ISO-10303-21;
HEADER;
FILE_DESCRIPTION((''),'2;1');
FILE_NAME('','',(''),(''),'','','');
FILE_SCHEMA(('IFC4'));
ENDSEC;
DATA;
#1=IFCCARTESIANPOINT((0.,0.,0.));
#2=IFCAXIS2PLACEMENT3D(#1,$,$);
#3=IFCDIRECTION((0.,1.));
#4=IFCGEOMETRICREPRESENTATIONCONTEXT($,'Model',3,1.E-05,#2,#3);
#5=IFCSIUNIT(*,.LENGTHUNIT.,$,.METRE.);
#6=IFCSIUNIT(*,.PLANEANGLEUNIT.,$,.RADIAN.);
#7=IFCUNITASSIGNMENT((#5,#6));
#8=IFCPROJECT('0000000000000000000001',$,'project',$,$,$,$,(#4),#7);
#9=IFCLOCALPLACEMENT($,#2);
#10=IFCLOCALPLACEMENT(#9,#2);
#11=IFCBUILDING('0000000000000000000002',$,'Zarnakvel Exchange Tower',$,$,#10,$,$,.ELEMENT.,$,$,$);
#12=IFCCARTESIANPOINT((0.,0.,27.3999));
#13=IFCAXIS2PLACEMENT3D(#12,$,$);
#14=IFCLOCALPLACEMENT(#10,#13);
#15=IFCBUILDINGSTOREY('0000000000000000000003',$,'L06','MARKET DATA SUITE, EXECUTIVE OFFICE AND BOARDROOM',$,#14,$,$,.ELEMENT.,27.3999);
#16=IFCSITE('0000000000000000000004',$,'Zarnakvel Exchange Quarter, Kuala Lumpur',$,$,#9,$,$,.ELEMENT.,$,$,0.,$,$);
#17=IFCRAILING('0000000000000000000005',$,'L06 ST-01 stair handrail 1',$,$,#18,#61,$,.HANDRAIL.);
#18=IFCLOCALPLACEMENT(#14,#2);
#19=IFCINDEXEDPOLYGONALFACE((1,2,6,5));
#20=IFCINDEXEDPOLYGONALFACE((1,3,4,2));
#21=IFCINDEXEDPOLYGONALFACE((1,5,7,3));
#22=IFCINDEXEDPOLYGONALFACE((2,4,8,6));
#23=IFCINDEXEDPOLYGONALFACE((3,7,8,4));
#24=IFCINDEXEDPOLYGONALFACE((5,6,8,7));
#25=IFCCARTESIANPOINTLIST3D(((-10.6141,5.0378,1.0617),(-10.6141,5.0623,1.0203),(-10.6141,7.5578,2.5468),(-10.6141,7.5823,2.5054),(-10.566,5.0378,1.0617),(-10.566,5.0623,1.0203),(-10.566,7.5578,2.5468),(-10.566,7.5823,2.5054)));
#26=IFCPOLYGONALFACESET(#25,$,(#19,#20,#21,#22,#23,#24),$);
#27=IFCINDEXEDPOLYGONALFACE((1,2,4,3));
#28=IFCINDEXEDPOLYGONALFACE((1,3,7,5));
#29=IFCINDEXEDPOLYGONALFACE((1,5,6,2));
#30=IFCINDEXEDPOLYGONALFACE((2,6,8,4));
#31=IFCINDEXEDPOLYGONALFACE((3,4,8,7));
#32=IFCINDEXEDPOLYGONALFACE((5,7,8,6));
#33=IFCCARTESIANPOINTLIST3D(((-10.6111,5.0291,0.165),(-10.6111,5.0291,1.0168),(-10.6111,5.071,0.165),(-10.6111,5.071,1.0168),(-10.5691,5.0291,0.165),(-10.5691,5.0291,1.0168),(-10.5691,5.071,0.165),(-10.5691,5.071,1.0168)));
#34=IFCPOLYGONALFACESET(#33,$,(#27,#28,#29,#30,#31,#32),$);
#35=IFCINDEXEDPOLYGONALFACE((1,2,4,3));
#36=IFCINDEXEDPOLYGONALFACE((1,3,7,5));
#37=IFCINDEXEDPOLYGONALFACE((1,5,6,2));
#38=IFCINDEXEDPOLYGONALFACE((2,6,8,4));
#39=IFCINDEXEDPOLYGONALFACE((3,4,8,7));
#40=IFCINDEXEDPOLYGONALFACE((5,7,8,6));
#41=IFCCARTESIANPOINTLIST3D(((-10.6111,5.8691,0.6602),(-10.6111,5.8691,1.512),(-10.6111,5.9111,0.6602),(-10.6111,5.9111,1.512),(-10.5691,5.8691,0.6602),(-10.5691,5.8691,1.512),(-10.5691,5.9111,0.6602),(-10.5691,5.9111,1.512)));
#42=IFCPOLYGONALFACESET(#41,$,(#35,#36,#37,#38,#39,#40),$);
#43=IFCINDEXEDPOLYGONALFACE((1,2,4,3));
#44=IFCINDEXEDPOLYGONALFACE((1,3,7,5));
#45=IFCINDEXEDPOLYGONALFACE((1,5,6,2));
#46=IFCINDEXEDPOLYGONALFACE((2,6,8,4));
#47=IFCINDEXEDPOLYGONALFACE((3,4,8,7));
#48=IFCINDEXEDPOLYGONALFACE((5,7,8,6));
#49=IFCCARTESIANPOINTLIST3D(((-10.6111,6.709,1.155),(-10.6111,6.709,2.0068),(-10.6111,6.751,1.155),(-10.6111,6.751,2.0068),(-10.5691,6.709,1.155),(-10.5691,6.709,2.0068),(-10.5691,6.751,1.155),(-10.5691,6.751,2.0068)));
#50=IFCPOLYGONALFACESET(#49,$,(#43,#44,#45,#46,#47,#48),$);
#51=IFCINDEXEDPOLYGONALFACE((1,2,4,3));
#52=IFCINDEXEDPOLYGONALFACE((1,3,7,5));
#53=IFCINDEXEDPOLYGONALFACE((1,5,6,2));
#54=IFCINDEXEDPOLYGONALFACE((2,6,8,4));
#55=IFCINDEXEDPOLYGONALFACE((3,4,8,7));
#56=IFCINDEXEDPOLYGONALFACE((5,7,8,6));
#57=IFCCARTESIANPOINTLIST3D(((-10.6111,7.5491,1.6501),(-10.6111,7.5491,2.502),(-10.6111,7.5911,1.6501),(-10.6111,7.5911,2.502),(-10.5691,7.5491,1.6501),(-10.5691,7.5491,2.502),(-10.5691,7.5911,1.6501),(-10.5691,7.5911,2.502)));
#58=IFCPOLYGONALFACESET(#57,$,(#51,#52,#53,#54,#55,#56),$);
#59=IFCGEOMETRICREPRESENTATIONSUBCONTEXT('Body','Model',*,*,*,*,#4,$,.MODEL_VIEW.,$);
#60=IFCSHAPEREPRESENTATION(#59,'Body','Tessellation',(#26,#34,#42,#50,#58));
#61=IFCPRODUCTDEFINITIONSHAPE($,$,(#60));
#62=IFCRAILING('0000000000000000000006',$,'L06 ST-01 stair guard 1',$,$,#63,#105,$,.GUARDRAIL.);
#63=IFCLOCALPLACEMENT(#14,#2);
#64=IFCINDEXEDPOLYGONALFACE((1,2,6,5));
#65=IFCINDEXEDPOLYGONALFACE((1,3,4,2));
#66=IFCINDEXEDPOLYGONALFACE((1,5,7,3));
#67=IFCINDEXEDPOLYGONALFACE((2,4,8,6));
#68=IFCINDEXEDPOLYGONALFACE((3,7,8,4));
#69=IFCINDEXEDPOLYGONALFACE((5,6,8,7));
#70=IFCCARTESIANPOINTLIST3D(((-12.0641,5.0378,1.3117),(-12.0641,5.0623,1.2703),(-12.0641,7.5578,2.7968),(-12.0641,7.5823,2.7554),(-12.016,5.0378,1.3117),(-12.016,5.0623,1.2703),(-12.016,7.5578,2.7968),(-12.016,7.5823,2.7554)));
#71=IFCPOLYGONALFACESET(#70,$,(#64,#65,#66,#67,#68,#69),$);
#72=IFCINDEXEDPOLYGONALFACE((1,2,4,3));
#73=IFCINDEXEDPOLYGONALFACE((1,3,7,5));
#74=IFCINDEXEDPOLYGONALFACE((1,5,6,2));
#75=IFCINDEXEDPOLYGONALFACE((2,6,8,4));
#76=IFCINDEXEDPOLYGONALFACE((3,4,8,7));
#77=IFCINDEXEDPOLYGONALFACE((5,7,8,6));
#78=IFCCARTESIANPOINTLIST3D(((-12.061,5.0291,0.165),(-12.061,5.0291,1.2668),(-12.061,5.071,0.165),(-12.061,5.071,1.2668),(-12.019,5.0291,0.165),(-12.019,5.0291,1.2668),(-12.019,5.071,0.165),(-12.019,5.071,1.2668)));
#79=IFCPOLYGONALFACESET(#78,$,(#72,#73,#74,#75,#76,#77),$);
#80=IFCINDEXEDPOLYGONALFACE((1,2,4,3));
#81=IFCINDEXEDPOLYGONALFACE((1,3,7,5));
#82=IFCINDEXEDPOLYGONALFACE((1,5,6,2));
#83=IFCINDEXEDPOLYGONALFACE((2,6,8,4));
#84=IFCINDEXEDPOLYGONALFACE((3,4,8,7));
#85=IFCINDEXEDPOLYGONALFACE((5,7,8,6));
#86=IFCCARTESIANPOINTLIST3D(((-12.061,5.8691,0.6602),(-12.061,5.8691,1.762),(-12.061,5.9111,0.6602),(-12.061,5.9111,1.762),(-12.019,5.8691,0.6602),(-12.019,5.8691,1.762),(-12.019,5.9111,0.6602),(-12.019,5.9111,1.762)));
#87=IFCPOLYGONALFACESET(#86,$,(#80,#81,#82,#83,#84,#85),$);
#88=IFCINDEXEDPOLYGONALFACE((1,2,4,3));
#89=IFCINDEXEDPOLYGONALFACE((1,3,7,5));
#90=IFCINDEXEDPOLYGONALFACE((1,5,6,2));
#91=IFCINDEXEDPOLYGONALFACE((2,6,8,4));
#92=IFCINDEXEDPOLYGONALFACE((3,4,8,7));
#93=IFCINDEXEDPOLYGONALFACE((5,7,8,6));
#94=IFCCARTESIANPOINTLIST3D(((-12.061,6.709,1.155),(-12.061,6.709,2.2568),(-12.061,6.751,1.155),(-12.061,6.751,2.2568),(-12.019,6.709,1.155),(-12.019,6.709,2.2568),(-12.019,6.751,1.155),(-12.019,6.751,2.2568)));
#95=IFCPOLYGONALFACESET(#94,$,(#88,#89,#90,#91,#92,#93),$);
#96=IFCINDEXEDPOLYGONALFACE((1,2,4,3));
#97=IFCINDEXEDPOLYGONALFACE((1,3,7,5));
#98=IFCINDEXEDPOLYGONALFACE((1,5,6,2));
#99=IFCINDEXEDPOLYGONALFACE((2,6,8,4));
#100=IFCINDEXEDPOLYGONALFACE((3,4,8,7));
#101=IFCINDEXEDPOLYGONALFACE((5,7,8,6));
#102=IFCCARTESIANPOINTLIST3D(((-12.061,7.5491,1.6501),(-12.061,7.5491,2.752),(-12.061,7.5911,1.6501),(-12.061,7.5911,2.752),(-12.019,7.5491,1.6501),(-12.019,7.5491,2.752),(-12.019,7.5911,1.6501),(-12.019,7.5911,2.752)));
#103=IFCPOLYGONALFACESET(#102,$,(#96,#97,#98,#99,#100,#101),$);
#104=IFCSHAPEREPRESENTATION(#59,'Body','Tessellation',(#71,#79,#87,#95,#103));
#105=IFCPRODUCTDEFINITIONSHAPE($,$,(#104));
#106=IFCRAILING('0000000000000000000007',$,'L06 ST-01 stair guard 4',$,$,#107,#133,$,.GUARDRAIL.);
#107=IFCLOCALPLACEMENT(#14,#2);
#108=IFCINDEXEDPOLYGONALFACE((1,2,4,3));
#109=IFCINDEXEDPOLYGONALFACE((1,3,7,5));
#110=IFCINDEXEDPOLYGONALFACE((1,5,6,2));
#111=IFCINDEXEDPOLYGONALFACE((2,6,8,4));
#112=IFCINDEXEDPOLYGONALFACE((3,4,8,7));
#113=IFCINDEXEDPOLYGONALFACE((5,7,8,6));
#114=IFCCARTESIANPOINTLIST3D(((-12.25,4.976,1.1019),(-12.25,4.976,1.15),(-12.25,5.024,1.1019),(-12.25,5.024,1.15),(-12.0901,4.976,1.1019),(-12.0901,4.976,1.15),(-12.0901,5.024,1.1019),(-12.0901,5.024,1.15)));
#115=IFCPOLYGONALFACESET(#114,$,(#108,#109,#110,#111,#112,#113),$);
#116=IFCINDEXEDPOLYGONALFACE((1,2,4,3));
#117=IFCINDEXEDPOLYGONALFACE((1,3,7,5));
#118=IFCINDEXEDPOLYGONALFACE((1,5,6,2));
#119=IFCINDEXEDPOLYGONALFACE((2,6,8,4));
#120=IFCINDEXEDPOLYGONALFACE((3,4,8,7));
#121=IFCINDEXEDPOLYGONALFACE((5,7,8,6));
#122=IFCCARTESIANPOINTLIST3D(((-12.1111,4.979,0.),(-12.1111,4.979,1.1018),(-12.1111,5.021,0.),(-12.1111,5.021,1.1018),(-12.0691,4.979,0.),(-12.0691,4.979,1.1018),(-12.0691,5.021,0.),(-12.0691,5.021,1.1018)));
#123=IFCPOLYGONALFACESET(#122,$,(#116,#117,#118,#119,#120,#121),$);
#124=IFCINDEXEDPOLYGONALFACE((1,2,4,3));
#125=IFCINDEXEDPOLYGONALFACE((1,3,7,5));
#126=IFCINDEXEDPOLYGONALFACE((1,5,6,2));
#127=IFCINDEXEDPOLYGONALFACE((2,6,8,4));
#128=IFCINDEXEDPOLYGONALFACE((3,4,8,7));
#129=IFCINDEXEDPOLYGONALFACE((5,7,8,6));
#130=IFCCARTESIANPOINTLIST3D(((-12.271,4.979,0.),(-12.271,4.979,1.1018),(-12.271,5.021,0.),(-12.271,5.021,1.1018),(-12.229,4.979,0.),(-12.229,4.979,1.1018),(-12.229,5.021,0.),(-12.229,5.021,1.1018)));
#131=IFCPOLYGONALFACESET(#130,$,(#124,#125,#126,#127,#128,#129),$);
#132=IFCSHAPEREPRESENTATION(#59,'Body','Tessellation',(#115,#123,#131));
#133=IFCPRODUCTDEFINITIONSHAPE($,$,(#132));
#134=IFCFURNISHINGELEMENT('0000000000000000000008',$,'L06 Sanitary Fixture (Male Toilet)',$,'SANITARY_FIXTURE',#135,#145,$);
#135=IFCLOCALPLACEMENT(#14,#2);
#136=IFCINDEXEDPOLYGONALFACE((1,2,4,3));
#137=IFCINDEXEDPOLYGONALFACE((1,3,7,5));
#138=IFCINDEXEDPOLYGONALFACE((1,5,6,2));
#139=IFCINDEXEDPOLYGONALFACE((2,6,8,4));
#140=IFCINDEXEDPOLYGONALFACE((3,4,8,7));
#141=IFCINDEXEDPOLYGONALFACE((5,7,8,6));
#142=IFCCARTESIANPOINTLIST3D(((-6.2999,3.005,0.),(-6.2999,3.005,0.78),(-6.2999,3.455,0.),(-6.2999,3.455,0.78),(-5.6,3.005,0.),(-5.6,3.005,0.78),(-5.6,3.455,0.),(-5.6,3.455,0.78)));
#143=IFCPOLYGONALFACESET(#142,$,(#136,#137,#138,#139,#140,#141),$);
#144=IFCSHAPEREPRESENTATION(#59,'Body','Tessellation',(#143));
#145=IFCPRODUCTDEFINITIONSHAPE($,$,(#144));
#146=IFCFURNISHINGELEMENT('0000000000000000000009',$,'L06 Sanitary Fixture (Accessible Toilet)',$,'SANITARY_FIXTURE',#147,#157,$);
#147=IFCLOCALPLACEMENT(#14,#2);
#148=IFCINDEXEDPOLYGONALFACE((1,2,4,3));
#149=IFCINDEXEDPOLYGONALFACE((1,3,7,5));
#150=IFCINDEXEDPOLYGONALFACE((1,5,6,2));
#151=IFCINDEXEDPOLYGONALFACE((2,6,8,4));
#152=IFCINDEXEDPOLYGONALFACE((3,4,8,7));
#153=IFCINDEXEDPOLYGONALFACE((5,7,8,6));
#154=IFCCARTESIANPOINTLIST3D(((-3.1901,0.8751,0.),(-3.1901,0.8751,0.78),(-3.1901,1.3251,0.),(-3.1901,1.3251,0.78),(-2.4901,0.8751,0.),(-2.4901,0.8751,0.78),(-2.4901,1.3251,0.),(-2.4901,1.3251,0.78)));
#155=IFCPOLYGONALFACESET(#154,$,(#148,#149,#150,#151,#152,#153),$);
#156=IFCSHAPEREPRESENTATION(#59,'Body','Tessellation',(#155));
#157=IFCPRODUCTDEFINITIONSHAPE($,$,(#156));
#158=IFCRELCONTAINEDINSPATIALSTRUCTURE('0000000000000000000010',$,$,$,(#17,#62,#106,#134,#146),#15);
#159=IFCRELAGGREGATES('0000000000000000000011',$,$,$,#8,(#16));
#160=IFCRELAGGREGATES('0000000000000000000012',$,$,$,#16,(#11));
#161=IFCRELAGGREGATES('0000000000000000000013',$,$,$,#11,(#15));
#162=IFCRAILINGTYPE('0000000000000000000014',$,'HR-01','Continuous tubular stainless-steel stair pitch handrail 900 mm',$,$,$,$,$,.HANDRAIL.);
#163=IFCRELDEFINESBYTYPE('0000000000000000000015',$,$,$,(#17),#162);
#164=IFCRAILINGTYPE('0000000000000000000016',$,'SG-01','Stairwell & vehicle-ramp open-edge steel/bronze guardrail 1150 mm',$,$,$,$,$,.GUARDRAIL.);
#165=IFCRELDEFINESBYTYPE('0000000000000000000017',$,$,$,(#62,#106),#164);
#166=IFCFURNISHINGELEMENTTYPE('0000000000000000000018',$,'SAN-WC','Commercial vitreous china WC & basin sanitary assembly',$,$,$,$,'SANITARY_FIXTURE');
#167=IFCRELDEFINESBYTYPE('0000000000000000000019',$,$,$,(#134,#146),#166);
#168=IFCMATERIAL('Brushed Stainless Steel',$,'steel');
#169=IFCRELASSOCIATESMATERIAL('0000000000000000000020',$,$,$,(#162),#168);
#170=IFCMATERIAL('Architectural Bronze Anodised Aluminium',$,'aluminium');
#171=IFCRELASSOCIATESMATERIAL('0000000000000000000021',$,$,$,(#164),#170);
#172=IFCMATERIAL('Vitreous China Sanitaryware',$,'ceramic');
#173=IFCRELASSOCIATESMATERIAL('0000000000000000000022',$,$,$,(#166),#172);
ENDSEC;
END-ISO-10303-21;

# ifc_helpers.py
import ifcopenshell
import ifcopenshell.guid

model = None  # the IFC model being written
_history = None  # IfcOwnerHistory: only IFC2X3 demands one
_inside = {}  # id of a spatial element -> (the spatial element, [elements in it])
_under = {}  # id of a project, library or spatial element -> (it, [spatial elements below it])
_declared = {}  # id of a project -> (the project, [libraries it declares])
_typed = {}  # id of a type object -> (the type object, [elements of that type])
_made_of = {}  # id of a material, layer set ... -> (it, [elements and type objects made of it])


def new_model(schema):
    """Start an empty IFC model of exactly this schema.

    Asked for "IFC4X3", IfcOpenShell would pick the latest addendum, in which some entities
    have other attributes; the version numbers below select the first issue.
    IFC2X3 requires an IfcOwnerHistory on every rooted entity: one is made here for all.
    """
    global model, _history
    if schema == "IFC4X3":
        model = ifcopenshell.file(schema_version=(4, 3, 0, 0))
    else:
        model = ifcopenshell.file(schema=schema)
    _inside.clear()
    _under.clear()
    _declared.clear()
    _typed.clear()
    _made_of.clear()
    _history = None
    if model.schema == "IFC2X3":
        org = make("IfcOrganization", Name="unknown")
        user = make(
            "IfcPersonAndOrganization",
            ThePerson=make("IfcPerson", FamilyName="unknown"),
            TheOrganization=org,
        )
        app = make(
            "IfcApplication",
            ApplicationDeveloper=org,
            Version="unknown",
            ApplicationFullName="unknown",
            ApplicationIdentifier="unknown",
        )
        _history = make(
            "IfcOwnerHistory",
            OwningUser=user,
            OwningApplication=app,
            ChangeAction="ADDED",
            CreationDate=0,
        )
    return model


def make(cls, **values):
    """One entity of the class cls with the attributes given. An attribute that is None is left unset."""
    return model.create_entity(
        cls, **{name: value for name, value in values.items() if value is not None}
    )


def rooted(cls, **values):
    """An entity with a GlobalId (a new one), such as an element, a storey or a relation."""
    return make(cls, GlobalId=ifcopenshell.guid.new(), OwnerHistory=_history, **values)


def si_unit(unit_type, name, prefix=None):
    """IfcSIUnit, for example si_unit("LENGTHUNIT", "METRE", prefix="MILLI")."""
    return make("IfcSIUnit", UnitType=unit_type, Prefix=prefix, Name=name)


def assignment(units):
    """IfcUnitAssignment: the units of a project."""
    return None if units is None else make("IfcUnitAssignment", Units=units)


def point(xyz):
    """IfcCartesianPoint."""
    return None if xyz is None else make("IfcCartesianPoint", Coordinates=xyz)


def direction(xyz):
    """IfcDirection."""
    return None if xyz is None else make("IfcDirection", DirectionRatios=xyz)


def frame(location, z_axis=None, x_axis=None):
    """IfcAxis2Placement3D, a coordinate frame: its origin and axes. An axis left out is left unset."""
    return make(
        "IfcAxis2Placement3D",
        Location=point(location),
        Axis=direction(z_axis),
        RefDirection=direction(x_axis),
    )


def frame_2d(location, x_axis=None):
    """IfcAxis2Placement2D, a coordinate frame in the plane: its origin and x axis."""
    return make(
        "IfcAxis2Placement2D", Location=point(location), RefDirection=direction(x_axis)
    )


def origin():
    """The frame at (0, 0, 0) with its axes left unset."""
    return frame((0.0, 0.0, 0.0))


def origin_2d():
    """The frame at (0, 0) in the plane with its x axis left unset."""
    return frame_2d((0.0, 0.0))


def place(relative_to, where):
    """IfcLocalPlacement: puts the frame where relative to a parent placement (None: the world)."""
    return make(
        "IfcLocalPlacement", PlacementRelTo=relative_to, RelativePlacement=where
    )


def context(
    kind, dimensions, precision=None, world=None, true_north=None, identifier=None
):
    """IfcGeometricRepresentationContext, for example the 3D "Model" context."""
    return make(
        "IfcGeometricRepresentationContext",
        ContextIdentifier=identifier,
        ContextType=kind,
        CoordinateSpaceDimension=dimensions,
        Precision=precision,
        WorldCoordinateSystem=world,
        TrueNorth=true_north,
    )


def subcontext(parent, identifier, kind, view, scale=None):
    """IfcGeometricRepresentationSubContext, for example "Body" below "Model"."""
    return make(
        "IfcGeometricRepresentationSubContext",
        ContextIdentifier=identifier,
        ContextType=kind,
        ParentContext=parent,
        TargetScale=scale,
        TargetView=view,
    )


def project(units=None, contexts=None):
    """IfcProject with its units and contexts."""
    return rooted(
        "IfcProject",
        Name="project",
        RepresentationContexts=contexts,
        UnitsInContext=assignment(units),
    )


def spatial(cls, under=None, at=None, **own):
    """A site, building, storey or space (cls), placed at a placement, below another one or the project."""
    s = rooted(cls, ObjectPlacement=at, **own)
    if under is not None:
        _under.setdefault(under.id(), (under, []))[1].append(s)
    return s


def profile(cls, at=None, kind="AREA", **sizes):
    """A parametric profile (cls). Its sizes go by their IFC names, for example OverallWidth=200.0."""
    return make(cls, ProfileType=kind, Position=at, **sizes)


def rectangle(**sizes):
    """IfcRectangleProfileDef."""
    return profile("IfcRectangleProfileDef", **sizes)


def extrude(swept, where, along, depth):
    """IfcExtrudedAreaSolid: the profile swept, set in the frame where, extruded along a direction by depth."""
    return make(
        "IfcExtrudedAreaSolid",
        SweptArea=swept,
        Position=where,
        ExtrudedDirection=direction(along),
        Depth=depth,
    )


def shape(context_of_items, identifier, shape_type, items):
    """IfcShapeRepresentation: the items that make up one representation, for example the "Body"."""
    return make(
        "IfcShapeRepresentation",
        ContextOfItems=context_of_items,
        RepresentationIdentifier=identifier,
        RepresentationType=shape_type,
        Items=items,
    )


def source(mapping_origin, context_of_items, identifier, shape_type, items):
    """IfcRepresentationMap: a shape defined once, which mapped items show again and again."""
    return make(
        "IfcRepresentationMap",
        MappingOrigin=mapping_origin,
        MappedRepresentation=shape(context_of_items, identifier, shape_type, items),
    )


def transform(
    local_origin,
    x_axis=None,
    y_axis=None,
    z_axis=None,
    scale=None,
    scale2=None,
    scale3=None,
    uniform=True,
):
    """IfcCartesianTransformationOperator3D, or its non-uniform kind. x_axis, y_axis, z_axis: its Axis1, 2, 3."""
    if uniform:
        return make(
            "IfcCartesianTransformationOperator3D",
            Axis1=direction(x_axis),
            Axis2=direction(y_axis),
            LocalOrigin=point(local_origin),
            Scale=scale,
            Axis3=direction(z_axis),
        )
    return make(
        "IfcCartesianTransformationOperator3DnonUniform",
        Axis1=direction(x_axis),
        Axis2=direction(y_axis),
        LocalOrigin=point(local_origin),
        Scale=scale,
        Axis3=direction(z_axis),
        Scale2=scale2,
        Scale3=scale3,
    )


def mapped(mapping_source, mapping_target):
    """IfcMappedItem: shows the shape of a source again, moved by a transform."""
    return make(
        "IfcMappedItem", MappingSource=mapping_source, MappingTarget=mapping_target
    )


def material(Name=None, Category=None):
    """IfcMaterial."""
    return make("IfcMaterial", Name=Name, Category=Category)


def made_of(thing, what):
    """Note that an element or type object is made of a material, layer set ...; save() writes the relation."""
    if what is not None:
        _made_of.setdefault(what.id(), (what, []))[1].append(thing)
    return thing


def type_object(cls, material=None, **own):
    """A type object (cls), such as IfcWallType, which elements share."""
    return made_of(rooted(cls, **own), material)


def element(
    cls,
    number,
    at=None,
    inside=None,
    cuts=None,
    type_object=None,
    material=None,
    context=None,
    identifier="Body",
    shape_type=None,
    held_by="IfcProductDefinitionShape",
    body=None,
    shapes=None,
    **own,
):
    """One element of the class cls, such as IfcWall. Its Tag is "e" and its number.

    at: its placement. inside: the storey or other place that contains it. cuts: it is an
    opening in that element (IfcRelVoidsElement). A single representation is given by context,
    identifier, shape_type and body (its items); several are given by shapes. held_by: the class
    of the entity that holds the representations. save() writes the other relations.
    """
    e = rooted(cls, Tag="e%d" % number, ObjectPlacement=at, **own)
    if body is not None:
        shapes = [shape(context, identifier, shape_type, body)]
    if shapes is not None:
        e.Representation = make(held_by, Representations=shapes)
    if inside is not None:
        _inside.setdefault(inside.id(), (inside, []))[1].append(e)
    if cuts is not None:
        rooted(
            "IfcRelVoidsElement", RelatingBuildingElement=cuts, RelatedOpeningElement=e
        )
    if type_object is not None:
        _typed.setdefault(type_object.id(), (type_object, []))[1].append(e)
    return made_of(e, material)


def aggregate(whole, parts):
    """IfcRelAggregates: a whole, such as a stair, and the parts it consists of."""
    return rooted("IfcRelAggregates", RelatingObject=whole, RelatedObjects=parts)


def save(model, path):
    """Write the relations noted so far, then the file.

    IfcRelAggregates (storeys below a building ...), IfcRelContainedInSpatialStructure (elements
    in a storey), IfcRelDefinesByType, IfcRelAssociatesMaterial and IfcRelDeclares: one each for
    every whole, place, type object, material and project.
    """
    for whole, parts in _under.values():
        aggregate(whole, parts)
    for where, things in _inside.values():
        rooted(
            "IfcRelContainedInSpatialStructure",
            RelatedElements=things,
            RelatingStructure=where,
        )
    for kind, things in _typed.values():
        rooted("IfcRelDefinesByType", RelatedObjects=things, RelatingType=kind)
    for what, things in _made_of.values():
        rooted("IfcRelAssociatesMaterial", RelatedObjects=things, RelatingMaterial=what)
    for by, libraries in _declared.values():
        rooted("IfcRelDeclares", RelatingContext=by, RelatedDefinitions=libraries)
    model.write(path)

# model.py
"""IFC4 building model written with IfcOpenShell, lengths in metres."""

from ifc_helpers import new_model, si_unit, direction, frame, origin, origin_2d, place, context, subcontext, project, spatial, rectangle, extrude, source, transform, mapped, material, type_object, element, save


model = new_model("IFC4")

# Units and contexts
model_context = context("Model", 3, precision=1e-05, world=origin(), true_north=direction((0.0, 1.0)))
body_context = subcontext(model_context, "Body", "Model", "MODEL_VIEW")
ifc_project = project(units=[si_unit("LENGTHUNIT", "METRE"), si_unit("PLANEANGLEUNIT", "RADIAN")], contexts=[model_context])

# Site, building, storey
site_placement = place(None, origin())
site = spatial("IfcSite", under=ifc_project, at=site_placement, Name="Zarnakvel Exchange Quarter, Kuala Lumpur", CompositionType="ELEMENT", RefElevation=0.0)
building_placement = place(site_placement, origin())
building = spatial("IfcBuilding", under=site, at=building_placement, Name="Zarnakvel Exchange Tower", CompositionType="ELEMENT")
storey_placement = place(building_placement, frame((0.0, 0.0, 27.3999)))
storey = spatial("IfcBuildingStorey", under=building, at=storey_placement, Name="L06", Description="MARKET DATA SUITE, EXECUTIVE OFFICE AND BOARDROOM", CompositionType="ELEMENT", Elevation=27.3999)

# Shared definitions
ifc_material_1 = material(Name="Brushed Stainless Steel", Category="steel")

# Railings
railing_type_1 = type_object("IfcRailingType", Name="HR-01", Description="Continuous tubular stainless-steel stair pitch handrail 900 mm", PredefinedType="HANDRAIL", material=ifc_material_1)
railing_1_placement = place(storey_placement, frame((-10.5901, 5.05, 0.165)))
element("IfcRailing", 1, at=railing_1_placement, inside=storey, type_object=railing_type_1, Name="L06 ST-01 stair handrail 1", PredefinedType="HANDRAIL", context=body_context, shape_type="SweptSolid", body=[
    extrude(rectangle(XDim=0.0481, YDim=0.0481, at=origin_2d()), frame((0.0, 0.0, 0.876), z_axis=(0.0, 0.861524, 0.507717), x_axis=(-1.0, 0.0, 0.0)), (0.0, 0.0, 1.0), 2.925),
    extrude(rectangle(XDim=0.042, YDim=0.042, at=origin_2d()), origin(), (0.0, 0.0, 1.0), 0.8518),
    extrude(rectangle(XDim=0.042, YDim=0.042, at=origin_2d()), frame((0.0, 0.8401, 0.4951)), (0.0, 0.0, 1.0), 0.8518),
    extrude(rectangle(XDim=0.042, YDim=0.042, at=origin_2d()), frame((0.0, 1.6799, 0.99)), (0.0, 0.0, 1.0), 0.8518),
    extrude(rectangle(XDim=0.042, YDim=0.042, at=origin_2d()), frame((0.0, 2.52, 1.4851)), (0.0, 0.0, 1.0), 0.8518),
])
ifc_material_2 = material(Name="Architectural Bronze Anodised Aluminium", Category="aluminium")
railing_type_2 = type_object("IfcRailingType", Name="SG-01", Description="Stairwell & vehicle-ramp open-edge steel/bronze guardrail 1150 mm", PredefinedType="GUARDRAIL", material=ifc_material_2)
railing_2_placement = place(storey_placement, frame((-12.04, 5.05, 0.165)))
element("IfcRailing", 2, at=railing_2_placement, inside=storey, type_object=railing_type_2, Name="L06 ST-01 stair guard 1", PredefinedType="GUARDRAIL", context=body_context, shape_type="SweptSolid", body=[
    extrude(rectangle(XDim=0.0481, YDim=0.0481, at=origin_2d()), frame((0.0, 0.0, 1.126), z_axis=(0.0, 0.861524, 0.507717), x_axis=(-1.0, 0.0, 0.0)), (0.0, 0.0, 1.0), 2.925),
    extrude(rectangle(XDim=0.042, YDim=0.042, at=origin_2d()), origin(), (0.0, 0.0, 1.0), 1.1018),
    extrude(rectangle(XDim=0.042, YDim=0.042, at=origin_2d()), frame((0.0, 0.8401, 0.4951)), (0.0, 0.0, 1.0), 1.1018),
    extrude(rectangle(XDim=0.042, YDim=0.042, at=origin_2d()), frame((0.0, 1.6799, 0.99)), (0.0, 0.0, 1.0), 1.1018),
    extrude(rectangle(XDim=0.042, YDim=0.042, at=origin_2d()), frame((0.0, 2.52, 1.4851)), (0.0, 0.0, 1.0), 1.1018),
])
railing_3_placement = place(storey_placement, frame((-12.0901, 5.0, 0.0)))
element("IfcRailing", 3, at=railing_3_placement, inside=storey, type_object=railing_type_2, Name="L06 ST-01 stair guard 4", PredefinedType="GUARDRAIL", context=body_context, shape_type="SweptSolid", body=[
    extrude(rectangle(XDim=0.0481, YDim=0.0481, at=origin_2d()), frame((0.0, 0.0, 1.126), z_axis=(-1.0, 0.0, 0.0), x_axis=(0.0, -1.0, 0.0)), (0.0, 0.0, 1.0), 0.1599),
    extrude(rectangle(XDim=0.042, YDim=0.042, at=origin_2d()), origin(), (0.0, 0.0, 1.0), 1.1018),
    extrude(rectangle(XDim=0.042, YDim=0.042, at=origin_2d()), frame((-0.1599, 0.0, 0.0)), (0.0, 0.0, 1.0), 1.1018),
])

# Furnishing elements
ifc_material_3 = material(Name="Vitreous China Sanitaryware", Category="ceramic")
furnishing_element_type = type_object("IfcFurnishingElementType", Name="SAN-WC", Description="Commercial vitreous china WC & basin sanitary assembly", ElementType="SANITARY_FIXTURE", material=ifc_material_3)
shared_shape_1 = source(origin(), body_context, "Body", "SweptSolid", [
    extrude(rectangle(XDim=0.7, YDim=0.45, at=origin_2d()), origin(), (0.0, 0.0, 1.0), 0.78),
])
for number, where, z_axis, x_axis, name in (
    (4, (-5.95, 3.23, 0.0), (0.0, 0.0, 1.0), (1.0, 0.0, 0.0), "L06 Sanitary Fixture (Male Toilet)"),
    (5, (-2.8401, 1.1001, 0.0), (0.0, 0.0, 1.0), (1.0, 0.0, 0.0), "L06 Sanitary Fixture (Accessible Toilet)"),
):
    element("IfcFurnishingElement", number, at=place(storey_placement, frame(where, z_axis=z_axis, x_axis=x_axis)), inside=storey, type_object=furnishing_element_type, Name=name, ObjectType="SANITARY_FIXTURE", context=body_context, shape_type="MappedRepresentation", body=[
        mapped(shared_shape_1, transform((0.0, 0.0, 0.0), x_axis=(1.0, 0.0, 0.0), y_axis=(0.0, 1.0, 0.0), z_axis=(0.0, 0.0, 1.0), scale=1.0)),
    ])

save(model, "model.ifc")
